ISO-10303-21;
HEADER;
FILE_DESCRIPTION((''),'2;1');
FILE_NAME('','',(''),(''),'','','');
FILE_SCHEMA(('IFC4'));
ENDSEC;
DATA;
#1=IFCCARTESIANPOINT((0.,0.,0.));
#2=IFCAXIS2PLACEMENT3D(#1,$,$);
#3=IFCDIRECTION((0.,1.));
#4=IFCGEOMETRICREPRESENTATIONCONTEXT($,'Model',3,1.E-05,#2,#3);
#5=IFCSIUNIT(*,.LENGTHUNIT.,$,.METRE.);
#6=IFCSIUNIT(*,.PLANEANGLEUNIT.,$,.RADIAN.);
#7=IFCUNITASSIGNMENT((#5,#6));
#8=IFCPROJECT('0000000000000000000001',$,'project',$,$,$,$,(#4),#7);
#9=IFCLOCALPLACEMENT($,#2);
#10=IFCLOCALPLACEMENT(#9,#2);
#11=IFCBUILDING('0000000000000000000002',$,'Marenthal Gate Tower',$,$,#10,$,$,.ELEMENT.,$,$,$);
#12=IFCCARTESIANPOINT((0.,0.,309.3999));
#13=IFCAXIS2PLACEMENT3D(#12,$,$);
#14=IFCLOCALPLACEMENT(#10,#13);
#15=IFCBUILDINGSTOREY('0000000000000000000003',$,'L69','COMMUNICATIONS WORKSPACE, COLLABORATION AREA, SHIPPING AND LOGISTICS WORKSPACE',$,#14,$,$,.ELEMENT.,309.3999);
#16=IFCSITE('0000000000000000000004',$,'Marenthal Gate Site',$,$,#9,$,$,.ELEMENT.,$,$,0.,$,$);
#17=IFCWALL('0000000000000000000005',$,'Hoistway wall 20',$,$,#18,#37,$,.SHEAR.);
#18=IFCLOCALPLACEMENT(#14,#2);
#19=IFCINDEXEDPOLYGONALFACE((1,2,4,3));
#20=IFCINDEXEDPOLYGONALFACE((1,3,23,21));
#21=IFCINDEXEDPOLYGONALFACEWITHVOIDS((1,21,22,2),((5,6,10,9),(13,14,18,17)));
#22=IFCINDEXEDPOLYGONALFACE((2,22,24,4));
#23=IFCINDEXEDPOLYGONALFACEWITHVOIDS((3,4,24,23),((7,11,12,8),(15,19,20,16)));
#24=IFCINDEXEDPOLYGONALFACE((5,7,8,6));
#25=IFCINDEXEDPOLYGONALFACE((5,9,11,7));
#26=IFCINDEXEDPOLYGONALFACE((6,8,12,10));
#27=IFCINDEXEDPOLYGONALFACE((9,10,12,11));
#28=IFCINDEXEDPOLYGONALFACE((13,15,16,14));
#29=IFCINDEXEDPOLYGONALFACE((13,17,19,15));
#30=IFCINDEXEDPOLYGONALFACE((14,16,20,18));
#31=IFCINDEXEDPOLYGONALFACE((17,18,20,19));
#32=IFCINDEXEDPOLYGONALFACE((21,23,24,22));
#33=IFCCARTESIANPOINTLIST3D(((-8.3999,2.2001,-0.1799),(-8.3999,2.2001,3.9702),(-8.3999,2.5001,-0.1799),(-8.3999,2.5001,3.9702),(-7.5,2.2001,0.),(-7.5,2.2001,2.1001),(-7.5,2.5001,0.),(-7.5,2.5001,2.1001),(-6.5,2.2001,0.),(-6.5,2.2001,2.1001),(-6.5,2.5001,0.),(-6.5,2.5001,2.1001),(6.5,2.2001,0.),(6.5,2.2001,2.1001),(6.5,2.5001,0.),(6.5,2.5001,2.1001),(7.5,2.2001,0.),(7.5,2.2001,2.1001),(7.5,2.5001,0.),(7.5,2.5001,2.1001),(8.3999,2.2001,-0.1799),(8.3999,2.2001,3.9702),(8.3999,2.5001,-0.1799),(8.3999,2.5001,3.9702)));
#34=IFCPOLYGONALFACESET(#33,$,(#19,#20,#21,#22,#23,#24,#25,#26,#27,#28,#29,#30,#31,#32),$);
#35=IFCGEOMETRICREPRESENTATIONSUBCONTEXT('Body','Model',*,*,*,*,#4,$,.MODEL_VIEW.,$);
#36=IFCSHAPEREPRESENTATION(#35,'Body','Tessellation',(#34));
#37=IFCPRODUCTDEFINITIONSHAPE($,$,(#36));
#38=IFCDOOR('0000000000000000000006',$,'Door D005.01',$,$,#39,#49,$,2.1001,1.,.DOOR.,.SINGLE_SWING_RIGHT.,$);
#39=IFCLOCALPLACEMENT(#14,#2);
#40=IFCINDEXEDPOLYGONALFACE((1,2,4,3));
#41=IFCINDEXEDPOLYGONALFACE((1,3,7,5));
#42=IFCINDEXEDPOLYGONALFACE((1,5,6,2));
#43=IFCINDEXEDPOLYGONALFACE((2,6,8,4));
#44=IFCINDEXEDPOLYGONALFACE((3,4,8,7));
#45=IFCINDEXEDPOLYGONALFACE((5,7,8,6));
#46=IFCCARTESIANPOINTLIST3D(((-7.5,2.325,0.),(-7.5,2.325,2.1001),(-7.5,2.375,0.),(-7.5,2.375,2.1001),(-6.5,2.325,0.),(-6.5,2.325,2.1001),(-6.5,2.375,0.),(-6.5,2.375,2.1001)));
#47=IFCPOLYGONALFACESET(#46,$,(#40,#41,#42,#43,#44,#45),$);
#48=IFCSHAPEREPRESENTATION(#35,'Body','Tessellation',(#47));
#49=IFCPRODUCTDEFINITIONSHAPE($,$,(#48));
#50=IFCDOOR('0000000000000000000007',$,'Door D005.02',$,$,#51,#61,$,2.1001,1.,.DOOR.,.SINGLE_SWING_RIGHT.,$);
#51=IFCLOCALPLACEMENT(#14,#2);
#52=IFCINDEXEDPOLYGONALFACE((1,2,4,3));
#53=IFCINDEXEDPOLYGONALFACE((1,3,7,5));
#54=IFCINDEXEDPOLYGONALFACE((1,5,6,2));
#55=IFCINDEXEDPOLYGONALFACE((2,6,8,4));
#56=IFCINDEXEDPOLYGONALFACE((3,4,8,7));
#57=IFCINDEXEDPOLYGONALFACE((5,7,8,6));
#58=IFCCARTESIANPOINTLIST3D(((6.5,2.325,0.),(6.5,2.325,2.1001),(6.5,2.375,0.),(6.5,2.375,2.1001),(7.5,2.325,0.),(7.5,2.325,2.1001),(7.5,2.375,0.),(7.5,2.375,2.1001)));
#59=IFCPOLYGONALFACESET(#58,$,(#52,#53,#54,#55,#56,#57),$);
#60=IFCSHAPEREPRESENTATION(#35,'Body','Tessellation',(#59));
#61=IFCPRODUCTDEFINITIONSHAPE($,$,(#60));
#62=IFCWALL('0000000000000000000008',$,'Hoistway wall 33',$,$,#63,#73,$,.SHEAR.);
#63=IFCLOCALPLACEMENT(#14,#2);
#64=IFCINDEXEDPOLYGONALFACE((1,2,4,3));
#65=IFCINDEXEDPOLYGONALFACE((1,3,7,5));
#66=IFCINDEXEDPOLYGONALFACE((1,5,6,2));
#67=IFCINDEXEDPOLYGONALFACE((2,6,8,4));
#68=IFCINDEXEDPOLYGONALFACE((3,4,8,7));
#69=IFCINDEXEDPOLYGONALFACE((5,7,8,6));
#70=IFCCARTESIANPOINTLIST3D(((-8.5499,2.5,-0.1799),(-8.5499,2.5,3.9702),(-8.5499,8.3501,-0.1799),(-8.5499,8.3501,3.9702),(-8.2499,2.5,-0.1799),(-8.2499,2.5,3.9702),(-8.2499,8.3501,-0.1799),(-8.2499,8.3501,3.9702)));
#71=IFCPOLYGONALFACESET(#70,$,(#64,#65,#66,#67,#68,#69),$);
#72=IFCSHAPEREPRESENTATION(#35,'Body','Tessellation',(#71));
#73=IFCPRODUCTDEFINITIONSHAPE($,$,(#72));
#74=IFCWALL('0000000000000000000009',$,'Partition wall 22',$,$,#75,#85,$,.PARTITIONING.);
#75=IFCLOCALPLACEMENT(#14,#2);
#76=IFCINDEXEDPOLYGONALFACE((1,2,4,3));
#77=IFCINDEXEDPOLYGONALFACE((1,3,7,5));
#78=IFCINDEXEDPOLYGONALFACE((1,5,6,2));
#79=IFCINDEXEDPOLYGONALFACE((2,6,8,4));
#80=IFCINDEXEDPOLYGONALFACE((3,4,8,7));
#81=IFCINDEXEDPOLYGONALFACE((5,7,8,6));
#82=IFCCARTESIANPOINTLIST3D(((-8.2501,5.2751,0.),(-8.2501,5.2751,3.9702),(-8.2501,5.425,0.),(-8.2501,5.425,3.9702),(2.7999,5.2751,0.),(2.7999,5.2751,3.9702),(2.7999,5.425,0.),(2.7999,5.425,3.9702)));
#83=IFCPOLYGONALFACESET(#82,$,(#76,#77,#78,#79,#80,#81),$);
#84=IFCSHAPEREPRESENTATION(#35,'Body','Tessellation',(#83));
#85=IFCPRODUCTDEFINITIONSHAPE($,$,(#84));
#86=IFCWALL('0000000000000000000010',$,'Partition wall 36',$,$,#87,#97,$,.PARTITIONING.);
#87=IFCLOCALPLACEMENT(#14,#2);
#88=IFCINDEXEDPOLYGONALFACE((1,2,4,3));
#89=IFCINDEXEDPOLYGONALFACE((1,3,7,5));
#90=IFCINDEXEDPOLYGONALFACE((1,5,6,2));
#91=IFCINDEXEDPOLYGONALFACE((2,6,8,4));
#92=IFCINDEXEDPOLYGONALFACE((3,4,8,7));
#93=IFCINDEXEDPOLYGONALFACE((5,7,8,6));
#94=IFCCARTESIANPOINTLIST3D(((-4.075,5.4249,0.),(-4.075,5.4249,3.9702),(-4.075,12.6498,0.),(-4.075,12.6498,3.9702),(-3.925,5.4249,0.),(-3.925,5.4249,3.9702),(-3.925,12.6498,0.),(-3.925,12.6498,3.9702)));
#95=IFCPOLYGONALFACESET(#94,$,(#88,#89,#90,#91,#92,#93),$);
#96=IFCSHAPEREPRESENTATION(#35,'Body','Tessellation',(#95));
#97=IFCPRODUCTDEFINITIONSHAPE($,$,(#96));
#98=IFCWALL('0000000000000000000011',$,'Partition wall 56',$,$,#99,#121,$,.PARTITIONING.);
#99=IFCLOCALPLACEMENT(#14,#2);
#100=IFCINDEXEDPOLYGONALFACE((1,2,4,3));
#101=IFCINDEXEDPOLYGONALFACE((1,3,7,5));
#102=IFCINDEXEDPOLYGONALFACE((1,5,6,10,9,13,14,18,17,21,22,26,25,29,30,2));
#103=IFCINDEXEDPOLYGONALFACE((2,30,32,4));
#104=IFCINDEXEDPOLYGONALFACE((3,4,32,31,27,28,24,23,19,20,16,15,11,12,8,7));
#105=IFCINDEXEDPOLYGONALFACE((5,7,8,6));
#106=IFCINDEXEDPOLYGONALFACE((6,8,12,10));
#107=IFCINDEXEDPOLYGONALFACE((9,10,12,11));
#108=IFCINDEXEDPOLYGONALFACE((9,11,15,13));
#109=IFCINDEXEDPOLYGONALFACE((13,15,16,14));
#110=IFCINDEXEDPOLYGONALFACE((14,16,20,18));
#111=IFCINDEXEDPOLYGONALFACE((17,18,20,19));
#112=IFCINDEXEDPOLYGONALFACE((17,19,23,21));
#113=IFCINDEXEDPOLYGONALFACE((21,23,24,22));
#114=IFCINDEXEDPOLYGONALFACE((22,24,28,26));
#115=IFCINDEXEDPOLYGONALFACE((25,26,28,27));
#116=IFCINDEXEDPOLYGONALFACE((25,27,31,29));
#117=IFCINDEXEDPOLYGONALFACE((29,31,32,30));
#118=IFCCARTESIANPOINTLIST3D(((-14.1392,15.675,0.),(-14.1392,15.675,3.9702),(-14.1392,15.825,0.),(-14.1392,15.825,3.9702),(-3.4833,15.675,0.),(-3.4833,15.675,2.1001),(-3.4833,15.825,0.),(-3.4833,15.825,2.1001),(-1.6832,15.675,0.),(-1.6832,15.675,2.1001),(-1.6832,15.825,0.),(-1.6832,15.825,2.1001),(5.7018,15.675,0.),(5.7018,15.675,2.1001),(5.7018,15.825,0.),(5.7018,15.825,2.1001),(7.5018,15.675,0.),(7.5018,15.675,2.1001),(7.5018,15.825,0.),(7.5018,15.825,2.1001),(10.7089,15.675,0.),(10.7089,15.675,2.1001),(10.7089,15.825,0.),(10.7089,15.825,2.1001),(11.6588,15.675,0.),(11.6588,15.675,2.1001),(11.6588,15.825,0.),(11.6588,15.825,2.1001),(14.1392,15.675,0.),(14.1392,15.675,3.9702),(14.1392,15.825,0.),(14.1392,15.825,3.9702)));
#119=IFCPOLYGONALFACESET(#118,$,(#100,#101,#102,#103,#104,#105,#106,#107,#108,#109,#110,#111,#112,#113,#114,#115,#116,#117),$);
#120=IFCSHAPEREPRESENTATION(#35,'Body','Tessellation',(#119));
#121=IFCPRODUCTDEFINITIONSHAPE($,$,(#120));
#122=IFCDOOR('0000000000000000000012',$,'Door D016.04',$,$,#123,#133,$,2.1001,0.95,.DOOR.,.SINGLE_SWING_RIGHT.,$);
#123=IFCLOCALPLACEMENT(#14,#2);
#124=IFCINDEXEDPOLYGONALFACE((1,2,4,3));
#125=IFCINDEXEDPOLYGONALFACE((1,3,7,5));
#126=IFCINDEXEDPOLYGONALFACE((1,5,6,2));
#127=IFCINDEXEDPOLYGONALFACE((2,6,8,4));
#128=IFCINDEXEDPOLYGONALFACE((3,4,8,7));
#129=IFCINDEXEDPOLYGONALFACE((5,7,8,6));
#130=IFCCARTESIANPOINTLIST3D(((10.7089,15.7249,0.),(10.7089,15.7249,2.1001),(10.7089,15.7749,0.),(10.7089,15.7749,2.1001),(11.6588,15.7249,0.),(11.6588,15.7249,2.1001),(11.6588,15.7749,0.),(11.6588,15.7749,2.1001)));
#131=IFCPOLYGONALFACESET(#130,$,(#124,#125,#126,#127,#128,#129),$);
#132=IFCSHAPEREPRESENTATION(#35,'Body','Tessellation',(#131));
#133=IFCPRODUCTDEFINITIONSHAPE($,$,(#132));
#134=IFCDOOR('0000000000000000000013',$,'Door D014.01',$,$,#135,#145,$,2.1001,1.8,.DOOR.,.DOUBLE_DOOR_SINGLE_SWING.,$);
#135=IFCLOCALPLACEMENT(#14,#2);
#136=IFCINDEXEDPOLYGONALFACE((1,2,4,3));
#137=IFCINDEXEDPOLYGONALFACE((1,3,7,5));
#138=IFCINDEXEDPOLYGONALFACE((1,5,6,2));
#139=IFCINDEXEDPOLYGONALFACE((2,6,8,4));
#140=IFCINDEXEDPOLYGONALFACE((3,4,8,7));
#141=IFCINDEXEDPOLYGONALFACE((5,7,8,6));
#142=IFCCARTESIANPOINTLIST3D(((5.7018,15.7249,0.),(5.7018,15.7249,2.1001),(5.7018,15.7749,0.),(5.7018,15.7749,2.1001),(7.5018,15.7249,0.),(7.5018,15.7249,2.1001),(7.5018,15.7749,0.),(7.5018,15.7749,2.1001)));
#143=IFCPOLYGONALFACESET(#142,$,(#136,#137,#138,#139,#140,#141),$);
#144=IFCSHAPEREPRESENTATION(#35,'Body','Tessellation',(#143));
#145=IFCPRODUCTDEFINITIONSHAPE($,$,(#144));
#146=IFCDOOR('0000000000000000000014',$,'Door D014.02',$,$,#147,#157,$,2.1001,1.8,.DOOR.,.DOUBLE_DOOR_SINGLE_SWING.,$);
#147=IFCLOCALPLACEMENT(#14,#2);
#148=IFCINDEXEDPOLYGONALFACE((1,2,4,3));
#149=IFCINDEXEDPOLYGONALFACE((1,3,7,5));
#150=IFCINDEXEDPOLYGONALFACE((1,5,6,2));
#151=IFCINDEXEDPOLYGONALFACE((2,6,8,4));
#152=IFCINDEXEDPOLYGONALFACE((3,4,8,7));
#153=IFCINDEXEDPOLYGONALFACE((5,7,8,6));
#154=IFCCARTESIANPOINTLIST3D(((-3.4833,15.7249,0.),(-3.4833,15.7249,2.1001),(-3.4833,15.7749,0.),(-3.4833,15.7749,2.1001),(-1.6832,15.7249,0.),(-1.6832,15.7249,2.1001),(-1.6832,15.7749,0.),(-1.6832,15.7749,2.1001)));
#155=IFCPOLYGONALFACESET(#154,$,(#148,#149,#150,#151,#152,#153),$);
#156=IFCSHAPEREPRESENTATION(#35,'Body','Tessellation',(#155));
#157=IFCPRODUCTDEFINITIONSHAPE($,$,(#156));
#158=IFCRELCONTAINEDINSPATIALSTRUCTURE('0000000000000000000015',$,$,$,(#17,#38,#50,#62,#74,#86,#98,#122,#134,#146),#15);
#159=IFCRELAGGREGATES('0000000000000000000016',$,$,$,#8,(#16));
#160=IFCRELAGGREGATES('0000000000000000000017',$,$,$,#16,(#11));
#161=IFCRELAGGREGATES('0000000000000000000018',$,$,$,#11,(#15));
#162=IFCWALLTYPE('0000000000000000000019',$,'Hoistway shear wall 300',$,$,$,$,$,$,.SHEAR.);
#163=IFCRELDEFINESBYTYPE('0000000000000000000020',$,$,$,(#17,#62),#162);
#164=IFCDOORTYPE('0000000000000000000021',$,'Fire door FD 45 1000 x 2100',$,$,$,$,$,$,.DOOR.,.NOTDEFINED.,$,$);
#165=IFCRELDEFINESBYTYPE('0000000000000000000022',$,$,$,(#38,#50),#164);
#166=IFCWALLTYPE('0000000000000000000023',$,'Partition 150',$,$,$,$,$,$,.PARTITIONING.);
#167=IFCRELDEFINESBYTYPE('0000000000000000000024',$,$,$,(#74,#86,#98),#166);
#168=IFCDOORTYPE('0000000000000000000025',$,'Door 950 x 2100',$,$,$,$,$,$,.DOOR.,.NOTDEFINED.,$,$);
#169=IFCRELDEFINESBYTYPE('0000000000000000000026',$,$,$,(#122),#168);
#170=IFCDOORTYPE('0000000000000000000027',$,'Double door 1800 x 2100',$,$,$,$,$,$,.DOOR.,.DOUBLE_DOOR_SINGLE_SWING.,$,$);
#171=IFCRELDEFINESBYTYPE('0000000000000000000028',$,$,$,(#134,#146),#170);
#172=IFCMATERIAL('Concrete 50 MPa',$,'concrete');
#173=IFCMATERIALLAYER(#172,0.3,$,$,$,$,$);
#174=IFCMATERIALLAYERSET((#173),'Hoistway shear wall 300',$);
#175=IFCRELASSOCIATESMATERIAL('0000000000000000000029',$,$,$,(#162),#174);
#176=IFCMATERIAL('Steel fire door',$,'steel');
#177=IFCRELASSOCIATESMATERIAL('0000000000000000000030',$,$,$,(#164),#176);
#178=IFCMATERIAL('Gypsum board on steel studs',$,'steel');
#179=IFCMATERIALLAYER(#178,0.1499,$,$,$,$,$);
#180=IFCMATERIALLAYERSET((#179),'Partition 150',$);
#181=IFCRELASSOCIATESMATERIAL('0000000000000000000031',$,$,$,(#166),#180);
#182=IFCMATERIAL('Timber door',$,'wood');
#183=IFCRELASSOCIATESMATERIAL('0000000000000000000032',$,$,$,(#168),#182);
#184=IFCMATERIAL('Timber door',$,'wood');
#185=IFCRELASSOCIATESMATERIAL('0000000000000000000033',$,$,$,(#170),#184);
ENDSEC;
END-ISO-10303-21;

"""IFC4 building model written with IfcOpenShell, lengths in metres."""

from ifc_helpers import new_model, si_unit, direction, frame, frame_2d, origin, place, context, subcontext, project, spatial, rectangle, extrude, material, layer, layer_set, type_object, element, fill, save


model = new_model("IFC4")

# Units and contexts
model_context = context("Model", 3, precision=1e-05, world=origin(), true_north=direction((0.0, 1.0)))
body_context = subcontext(model_context, "Body", "Model", "MODEL_VIEW")
ifc_project = project(units=[si_unit("LENGTHUNIT", "METRE"), si_unit("PLANEANGLEUNIT", "RADIAN")], contexts=[model_context])

# Site, building, storey
site_placement = place(None, origin())
site = spatial("IfcSite", under=ifc_project, at=site_placement, Name="Marenthal Gate Site", CompositionType="ELEMENT", RefElevation=0.0)
building_placement = place(site_placement, origin())
building = spatial("IfcBuilding", under=site, at=building_placement, Name="Marenthal Gate Tower", CompositionType="ELEMENT")
storey_placement = place(building_placement, frame((0.0, 0.0, 309.3999)))
storey = spatial("IfcBuildingStorey", under=building, at=storey_placement, Name="L69", Description="COMMUNICATIONS WORKSPACE, COLLABORATION AREA, SHIPPING AND LOGISTICS WORKSPACE", CompositionType="ELEMENT", Elevation=309.3999)

# Wall, openings, doors
ifc_material_1 = material(Name="Concrete 50 MPa", Category="concrete")
ifc_layer_1 = layer(ifc_material_1, 0.3)
ifc_layer_set_1 = layer_set([ifc_layer_1], Name="Hoistway shear wall 300")
wall_type_1 = type_object("IfcWallType", Name="Hoistway shear wall 300", PredefinedType="SHEAR", material=ifc_layer_set_1)
wall_1_placement = place(storey_placement, frame((-8.3999, 2.3501, -0.1799), z_axis=(0.0, 0.0, 1.0), x_axis=(1.0, 0.0, 0.0)))
wall_1 = element("IfcWall", 1, at=wall_1_placement, inside=storey, type_object=wall_type_1, Name="Hoistway wall 20", PredefinedType="SHEAR", context=body_context, shape_type="SweptSolid", body=[
    extrude(rectangle(XDim=16.7998, YDim=0.3, at=frame_2d((8.3999, 0.0))), origin(), (0.0, 0.0, 1.0), 4.1501),
])
opening_1_placement = place(wall_1_placement, frame((0.8999, 0.0, 0.1799)))
opening_1 = element("IfcOpeningElement", 2, at=opening_1_placement, cuts=wall_1, PredefinedType="OPENING", context=body_context, shape_type="SweptSolid", body=[
    extrude(rectangle(XDim=1.0, YDim=2.1001, at=frame_2d((0.5, 1.05))), frame((0.0, 0.1602, 0.0), z_axis=(0.0, -1.0, 0.0), x_axis=(1.0, 0.0, 0.0)), (0.0, 0.0, 1.0), 0.3201),
])
opening_2_placement = place(wall_1_placement, frame((14.8999, 0.0, 0.1799)))
opening_2 = element("IfcOpeningElement", 3, at=opening_2_placement, cuts=wall_1, PredefinedType="OPENING", context=body_context, shape_type="SweptSolid", body=[
    extrude(rectangle(XDim=1.0, YDim=2.1001, at=frame_2d((0.5, 1.05))), frame((0.0, 0.1602, 0.0), z_axis=(0.0, -1.0, 0.0), x_axis=(1.0, 0.0, 0.0)), (0.0, 0.0, 1.0), 0.3201),
])
ifc_material_2 = material(Name="Steel fire door", Category="steel")
door_type_1 = type_object("IfcDoorType", Name="Fire door FD 45 1000 x 2100", OperationType="NOTDEFINED", PredefinedType="DOOR", material=ifc_material_2)
door_1_placement = place(opening_1_placement, origin())
door_1 = element("IfcDoor", 4, at=door_1_placement, inside=storey, type_object=door_type_1, Name="Door D005.01", OperationType="SINGLE_SWING_RIGHT", OverallHeight=2.1001, OverallWidth=1.0, PredefinedType="DOOR", context=body_context, shape_type="SweptSolid", body=[
    extrude(rectangle(XDim=1.0, YDim=2.1001, at=frame_2d((0.5, 1.05))), frame((0.0, 0.0249, 0.0), z_axis=(0.0, -1.0, 0.0), x_axis=(1.0, 0.0, 0.0)), (0.0, 0.0, 1.0), 0.05),
])
fill(opening_1, door_1)
door_2_placement = place(opening_2_placement, origin())
door_2 = element("IfcDoor", 5, at=door_2_placement, inside=storey, type_object=door_type_1, Name="Door D005.02", OperationType="SINGLE_SWING_RIGHT", OverallHeight=2.1001, OverallWidth=1.0, PredefinedType="DOOR", context=body_context, shape_type="SweptSolid", body=[
    extrude(rectangle(XDim=1.0, YDim=2.1001, at=frame_2d((0.5, 1.05))), frame((0.0, 0.0249, 0.0), z_axis=(0.0, -1.0, 0.0), x_axis=(1.0, 0.0, 0.0)), (0.0, 0.0, 1.0), 0.05),
])
fill(opening_2, door_2)

# Walls
wall_2_placement = place(storey_placement, frame((-8.3999, 2.5, -0.1799), z_axis=(0.0, 0.0, 1.0), x_axis=(0.0, 1.0, 0.0)))
element("IfcWall", 6, at=wall_2_placement, inside=storey, type_object=wall_type_1, Name="Hoistway wall 33", PredefinedType="SHEAR", context=body_context, shape_type="SweptSolid", body=[
    extrude(rectangle(XDim=5.8501, YDim=0.3, at=frame_2d((2.925, 0.0))), origin(), (0.0, 0.0, 1.0), 4.1501),
])
ifc_material_3 = material(Name="Gypsum board on steel studs", Category="steel")
ifc_layer_2 = layer(ifc_material_3, 0.1499)
ifc_layer_set_2 = layer_set([ifc_layer_2], Name="Partition 150")
wall_type_2 = type_object("IfcWallType", Name="Partition 150", PredefinedType="PARTITIONING", material=ifc_layer_set_2)
wall_3_placement = place(storey_placement, frame((-8.25, 5.3501, 0.0), z_axis=(0.0, 0.0, 1.0), x_axis=(1.0, 0.0, 0.0)))
element("IfcWall", 7, at=wall_3_placement, inside=storey, type_object=wall_type_2, Name="Partition wall 22", PredefinedType="PARTITIONING", context=body_context, shape_type="SweptSolid", body=[
    extrude(rectangle(XDim=11.05, YDim=0.1499, at=frame_2d((5.5249, 0.0))), origin(), (0.0, 0.0, 1.0), 3.9702),
])
wall_4_placement = place(storey_placement, frame((-4.0, 5.425, 0.0), z_axis=(0.0, 0.0, 1.0), x_axis=(0.0, 1.0, 0.0)))
element("IfcWall", 8, at=wall_4_placement, inside=storey, type_object=wall_type_2, Name="Partition wall 36", PredefinedType="PARTITIONING", context=body_context, shape_type="SweptSolid", body=[
    extrude(rectangle(XDim=7.2249, YDim=0.1499, at=frame_2d((3.6123, 0.0))), origin(), (0.0, 0.0, 1.0), 3.9702),
])

# Wall, openings, doors
wall_5_placement = place(storey_placement, frame((-14.1392, 15.75, 0.0), z_axis=(0.0, 0.0, 1.0), x_axis=(1.0, 0.0, 0.0)))
wall_5 = element("IfcWall", 9, at=wall_5_placement, inside=storey, type_object=wall_type_2, Name="Partition wall 56", PredefinedType="PARTITIONING", context=body_context, shape_type="SweptSolid", body=[
    extrude(rectangle(XDim=28.2783, YDim=0.1499, at=frame_2d((14.1392, 0.0))), origin(), (0.0, 0.0, 1.0), 3.9702),
])
opening_3_placement = place(wall_5_placement, frame((24.8479, 0.0, 0.0)))
opening_3 = element("IfcOpeningElement", 10, at=opening_3_placement, cuts=wall_5, PredefinedType="OPENING", context=body_context, shape_type="SweptSolid", body=[
    extrude(rectangle(XDim=0.95, YDim=2.1001, at=frame_2d((0.4751, 1.05))), frame((0.0, 0.085, 0.0), z_axis=(0.0, -1.0, 0.0), x_axis=(1.0, 0.0, 0.0)), (0.0, 0.0, 1.0), 0.1699),
])
opening_4_placement = place(wall_5_placement, frame((19.8411, 0.0, 0.0)))
opening_4 = element("IfcOpeningElement", 11, at=opening_4_placement, cuts=wall_5, PredefinedType="OPENING", context=body_context, shape_type="SweptSolid", body=[
    extrude(rectangle(XDim=1.8, YDim=2.1001, at=frame_2d((0.8999, 1.05))), frame((0.0, 0.085, 0.0), z_axis=(0.0, -1.0, 0.0), x_axis=(1.0, 0.0, 0.0)), (0.0, 0.0, 1.0), 0.1699),
])
opening_5_placement = place(wall_5_placement, frame((10.656, 0.0, 0.0)))
opening_5 = element("IfcOpeningElement", 12, at=opening_5_placement, cuts=wall_5, PredefinedType="OPENING", context=body_context, shape_type="SweptSolid", body=[
    extrude(rectangle(XDim=1.8, YDim=2.1001, at=frame_2d((0.8999, 1.05))), frame((0.0, 0.085, 0.0), z_axis=(0.0, -1.0, 0.0), x_axis=(1.0, 0.0, 0.0)), (0.0, 0.0, 1.0), 0.1699),
])
ifc_material_4 = material(Name="Timber door", Category="wood")
door_type_2 = type_object("IfcDoorType", Name="Door 950 x 2100", OperationType="NOTDEFINED", PredefinedType="DOOR", material=ifc_material_4)
door_3_placement = place(opening_3_placement, origin())
door_3 = element("IfcDoor", 13, at=door_3_placement, inside=storey, type_object=door_type_2, Name="Door D016.04", OperationType="SINGLE_SWING_RIGHT", OverallHeight=2.1001, OverallWidth=0.95, PredefinedType="DOOR", context=body_context, shape_type="SweptSolid", body=[
    extrude(rectangle(XDim=0.95, YDim=2.1001, at=frame_2d((0.4751, 1.05))), frame((0.0, 0.0249, 0.0), z_axis=(0.0, -1.0, 0.0), x_axis=(1.0, 0.0, 0.0)), (0.0, 0.0, 1.0), 0.05),
])
fill(opening_3, door_3)
ifc_material_5 = material(Name="Timber door", Category="wood")
door_type_3 = type_object("IfcDoorType", Name="Double door 1800 x 2100", OperationType="DOUBLE_DOOR_SINGLE_SWING", PredefinedType="DOOR", material=ifc_material_5)
door_4_placement = place(opening_4_placement, origin())
door_4 = element("IfcDoor", 14, at=door_4_placement, inside=storey, type_object=door_type_3, Name="Door D014.01", OperationType="DOUBLE_DOOR_SINGLE_SWING", OverallHeight=2.1001, OverallWidth=1.8, PredefinedType="DOOR", context=body_context, shape_type="SweptSolid", body=[
    extrude(rectangle(XDim=1.8, YDim=2.1001, at=frame_2d((0.8999, 1.05))), frame((0.0, 0.0249, 0.0), z_axis=(0.0, -1.0, 0.0), x_axis=(1.0, 0.0, 0.0)), (0.0, 0.0, 1.0), 0.05),
])
fill(opening_4, door_4)
door_5_placement = place(opening_5_placement, origin())
door_5 = element("IfcDoor", 15, at=door_5_placement, inside=storey, type_object=door_type_3, Name="Door D014.02", OperationType="DOUBLE_DOOR_SINGLE_SWING", OverallHeight=2.1001, OverallWidth=1.8, PredefinedType="DOOR", context=body_context, shape_type="SweptSolid", body=[
    extrude(rectangle(XDim=1.8, YDim=2.1001, at=frame_2d((0.8999, 1.05))), frame((0.0, 0.0249, 0.0), z_axis=(0.0, -1.0, 0.0), x_axis=(1.0, 0.0, 0.0)), (0.0, 0.0, 1.0), 0.05),
])
fill(opening_5, door_5)

save(model, "model.ifc")
